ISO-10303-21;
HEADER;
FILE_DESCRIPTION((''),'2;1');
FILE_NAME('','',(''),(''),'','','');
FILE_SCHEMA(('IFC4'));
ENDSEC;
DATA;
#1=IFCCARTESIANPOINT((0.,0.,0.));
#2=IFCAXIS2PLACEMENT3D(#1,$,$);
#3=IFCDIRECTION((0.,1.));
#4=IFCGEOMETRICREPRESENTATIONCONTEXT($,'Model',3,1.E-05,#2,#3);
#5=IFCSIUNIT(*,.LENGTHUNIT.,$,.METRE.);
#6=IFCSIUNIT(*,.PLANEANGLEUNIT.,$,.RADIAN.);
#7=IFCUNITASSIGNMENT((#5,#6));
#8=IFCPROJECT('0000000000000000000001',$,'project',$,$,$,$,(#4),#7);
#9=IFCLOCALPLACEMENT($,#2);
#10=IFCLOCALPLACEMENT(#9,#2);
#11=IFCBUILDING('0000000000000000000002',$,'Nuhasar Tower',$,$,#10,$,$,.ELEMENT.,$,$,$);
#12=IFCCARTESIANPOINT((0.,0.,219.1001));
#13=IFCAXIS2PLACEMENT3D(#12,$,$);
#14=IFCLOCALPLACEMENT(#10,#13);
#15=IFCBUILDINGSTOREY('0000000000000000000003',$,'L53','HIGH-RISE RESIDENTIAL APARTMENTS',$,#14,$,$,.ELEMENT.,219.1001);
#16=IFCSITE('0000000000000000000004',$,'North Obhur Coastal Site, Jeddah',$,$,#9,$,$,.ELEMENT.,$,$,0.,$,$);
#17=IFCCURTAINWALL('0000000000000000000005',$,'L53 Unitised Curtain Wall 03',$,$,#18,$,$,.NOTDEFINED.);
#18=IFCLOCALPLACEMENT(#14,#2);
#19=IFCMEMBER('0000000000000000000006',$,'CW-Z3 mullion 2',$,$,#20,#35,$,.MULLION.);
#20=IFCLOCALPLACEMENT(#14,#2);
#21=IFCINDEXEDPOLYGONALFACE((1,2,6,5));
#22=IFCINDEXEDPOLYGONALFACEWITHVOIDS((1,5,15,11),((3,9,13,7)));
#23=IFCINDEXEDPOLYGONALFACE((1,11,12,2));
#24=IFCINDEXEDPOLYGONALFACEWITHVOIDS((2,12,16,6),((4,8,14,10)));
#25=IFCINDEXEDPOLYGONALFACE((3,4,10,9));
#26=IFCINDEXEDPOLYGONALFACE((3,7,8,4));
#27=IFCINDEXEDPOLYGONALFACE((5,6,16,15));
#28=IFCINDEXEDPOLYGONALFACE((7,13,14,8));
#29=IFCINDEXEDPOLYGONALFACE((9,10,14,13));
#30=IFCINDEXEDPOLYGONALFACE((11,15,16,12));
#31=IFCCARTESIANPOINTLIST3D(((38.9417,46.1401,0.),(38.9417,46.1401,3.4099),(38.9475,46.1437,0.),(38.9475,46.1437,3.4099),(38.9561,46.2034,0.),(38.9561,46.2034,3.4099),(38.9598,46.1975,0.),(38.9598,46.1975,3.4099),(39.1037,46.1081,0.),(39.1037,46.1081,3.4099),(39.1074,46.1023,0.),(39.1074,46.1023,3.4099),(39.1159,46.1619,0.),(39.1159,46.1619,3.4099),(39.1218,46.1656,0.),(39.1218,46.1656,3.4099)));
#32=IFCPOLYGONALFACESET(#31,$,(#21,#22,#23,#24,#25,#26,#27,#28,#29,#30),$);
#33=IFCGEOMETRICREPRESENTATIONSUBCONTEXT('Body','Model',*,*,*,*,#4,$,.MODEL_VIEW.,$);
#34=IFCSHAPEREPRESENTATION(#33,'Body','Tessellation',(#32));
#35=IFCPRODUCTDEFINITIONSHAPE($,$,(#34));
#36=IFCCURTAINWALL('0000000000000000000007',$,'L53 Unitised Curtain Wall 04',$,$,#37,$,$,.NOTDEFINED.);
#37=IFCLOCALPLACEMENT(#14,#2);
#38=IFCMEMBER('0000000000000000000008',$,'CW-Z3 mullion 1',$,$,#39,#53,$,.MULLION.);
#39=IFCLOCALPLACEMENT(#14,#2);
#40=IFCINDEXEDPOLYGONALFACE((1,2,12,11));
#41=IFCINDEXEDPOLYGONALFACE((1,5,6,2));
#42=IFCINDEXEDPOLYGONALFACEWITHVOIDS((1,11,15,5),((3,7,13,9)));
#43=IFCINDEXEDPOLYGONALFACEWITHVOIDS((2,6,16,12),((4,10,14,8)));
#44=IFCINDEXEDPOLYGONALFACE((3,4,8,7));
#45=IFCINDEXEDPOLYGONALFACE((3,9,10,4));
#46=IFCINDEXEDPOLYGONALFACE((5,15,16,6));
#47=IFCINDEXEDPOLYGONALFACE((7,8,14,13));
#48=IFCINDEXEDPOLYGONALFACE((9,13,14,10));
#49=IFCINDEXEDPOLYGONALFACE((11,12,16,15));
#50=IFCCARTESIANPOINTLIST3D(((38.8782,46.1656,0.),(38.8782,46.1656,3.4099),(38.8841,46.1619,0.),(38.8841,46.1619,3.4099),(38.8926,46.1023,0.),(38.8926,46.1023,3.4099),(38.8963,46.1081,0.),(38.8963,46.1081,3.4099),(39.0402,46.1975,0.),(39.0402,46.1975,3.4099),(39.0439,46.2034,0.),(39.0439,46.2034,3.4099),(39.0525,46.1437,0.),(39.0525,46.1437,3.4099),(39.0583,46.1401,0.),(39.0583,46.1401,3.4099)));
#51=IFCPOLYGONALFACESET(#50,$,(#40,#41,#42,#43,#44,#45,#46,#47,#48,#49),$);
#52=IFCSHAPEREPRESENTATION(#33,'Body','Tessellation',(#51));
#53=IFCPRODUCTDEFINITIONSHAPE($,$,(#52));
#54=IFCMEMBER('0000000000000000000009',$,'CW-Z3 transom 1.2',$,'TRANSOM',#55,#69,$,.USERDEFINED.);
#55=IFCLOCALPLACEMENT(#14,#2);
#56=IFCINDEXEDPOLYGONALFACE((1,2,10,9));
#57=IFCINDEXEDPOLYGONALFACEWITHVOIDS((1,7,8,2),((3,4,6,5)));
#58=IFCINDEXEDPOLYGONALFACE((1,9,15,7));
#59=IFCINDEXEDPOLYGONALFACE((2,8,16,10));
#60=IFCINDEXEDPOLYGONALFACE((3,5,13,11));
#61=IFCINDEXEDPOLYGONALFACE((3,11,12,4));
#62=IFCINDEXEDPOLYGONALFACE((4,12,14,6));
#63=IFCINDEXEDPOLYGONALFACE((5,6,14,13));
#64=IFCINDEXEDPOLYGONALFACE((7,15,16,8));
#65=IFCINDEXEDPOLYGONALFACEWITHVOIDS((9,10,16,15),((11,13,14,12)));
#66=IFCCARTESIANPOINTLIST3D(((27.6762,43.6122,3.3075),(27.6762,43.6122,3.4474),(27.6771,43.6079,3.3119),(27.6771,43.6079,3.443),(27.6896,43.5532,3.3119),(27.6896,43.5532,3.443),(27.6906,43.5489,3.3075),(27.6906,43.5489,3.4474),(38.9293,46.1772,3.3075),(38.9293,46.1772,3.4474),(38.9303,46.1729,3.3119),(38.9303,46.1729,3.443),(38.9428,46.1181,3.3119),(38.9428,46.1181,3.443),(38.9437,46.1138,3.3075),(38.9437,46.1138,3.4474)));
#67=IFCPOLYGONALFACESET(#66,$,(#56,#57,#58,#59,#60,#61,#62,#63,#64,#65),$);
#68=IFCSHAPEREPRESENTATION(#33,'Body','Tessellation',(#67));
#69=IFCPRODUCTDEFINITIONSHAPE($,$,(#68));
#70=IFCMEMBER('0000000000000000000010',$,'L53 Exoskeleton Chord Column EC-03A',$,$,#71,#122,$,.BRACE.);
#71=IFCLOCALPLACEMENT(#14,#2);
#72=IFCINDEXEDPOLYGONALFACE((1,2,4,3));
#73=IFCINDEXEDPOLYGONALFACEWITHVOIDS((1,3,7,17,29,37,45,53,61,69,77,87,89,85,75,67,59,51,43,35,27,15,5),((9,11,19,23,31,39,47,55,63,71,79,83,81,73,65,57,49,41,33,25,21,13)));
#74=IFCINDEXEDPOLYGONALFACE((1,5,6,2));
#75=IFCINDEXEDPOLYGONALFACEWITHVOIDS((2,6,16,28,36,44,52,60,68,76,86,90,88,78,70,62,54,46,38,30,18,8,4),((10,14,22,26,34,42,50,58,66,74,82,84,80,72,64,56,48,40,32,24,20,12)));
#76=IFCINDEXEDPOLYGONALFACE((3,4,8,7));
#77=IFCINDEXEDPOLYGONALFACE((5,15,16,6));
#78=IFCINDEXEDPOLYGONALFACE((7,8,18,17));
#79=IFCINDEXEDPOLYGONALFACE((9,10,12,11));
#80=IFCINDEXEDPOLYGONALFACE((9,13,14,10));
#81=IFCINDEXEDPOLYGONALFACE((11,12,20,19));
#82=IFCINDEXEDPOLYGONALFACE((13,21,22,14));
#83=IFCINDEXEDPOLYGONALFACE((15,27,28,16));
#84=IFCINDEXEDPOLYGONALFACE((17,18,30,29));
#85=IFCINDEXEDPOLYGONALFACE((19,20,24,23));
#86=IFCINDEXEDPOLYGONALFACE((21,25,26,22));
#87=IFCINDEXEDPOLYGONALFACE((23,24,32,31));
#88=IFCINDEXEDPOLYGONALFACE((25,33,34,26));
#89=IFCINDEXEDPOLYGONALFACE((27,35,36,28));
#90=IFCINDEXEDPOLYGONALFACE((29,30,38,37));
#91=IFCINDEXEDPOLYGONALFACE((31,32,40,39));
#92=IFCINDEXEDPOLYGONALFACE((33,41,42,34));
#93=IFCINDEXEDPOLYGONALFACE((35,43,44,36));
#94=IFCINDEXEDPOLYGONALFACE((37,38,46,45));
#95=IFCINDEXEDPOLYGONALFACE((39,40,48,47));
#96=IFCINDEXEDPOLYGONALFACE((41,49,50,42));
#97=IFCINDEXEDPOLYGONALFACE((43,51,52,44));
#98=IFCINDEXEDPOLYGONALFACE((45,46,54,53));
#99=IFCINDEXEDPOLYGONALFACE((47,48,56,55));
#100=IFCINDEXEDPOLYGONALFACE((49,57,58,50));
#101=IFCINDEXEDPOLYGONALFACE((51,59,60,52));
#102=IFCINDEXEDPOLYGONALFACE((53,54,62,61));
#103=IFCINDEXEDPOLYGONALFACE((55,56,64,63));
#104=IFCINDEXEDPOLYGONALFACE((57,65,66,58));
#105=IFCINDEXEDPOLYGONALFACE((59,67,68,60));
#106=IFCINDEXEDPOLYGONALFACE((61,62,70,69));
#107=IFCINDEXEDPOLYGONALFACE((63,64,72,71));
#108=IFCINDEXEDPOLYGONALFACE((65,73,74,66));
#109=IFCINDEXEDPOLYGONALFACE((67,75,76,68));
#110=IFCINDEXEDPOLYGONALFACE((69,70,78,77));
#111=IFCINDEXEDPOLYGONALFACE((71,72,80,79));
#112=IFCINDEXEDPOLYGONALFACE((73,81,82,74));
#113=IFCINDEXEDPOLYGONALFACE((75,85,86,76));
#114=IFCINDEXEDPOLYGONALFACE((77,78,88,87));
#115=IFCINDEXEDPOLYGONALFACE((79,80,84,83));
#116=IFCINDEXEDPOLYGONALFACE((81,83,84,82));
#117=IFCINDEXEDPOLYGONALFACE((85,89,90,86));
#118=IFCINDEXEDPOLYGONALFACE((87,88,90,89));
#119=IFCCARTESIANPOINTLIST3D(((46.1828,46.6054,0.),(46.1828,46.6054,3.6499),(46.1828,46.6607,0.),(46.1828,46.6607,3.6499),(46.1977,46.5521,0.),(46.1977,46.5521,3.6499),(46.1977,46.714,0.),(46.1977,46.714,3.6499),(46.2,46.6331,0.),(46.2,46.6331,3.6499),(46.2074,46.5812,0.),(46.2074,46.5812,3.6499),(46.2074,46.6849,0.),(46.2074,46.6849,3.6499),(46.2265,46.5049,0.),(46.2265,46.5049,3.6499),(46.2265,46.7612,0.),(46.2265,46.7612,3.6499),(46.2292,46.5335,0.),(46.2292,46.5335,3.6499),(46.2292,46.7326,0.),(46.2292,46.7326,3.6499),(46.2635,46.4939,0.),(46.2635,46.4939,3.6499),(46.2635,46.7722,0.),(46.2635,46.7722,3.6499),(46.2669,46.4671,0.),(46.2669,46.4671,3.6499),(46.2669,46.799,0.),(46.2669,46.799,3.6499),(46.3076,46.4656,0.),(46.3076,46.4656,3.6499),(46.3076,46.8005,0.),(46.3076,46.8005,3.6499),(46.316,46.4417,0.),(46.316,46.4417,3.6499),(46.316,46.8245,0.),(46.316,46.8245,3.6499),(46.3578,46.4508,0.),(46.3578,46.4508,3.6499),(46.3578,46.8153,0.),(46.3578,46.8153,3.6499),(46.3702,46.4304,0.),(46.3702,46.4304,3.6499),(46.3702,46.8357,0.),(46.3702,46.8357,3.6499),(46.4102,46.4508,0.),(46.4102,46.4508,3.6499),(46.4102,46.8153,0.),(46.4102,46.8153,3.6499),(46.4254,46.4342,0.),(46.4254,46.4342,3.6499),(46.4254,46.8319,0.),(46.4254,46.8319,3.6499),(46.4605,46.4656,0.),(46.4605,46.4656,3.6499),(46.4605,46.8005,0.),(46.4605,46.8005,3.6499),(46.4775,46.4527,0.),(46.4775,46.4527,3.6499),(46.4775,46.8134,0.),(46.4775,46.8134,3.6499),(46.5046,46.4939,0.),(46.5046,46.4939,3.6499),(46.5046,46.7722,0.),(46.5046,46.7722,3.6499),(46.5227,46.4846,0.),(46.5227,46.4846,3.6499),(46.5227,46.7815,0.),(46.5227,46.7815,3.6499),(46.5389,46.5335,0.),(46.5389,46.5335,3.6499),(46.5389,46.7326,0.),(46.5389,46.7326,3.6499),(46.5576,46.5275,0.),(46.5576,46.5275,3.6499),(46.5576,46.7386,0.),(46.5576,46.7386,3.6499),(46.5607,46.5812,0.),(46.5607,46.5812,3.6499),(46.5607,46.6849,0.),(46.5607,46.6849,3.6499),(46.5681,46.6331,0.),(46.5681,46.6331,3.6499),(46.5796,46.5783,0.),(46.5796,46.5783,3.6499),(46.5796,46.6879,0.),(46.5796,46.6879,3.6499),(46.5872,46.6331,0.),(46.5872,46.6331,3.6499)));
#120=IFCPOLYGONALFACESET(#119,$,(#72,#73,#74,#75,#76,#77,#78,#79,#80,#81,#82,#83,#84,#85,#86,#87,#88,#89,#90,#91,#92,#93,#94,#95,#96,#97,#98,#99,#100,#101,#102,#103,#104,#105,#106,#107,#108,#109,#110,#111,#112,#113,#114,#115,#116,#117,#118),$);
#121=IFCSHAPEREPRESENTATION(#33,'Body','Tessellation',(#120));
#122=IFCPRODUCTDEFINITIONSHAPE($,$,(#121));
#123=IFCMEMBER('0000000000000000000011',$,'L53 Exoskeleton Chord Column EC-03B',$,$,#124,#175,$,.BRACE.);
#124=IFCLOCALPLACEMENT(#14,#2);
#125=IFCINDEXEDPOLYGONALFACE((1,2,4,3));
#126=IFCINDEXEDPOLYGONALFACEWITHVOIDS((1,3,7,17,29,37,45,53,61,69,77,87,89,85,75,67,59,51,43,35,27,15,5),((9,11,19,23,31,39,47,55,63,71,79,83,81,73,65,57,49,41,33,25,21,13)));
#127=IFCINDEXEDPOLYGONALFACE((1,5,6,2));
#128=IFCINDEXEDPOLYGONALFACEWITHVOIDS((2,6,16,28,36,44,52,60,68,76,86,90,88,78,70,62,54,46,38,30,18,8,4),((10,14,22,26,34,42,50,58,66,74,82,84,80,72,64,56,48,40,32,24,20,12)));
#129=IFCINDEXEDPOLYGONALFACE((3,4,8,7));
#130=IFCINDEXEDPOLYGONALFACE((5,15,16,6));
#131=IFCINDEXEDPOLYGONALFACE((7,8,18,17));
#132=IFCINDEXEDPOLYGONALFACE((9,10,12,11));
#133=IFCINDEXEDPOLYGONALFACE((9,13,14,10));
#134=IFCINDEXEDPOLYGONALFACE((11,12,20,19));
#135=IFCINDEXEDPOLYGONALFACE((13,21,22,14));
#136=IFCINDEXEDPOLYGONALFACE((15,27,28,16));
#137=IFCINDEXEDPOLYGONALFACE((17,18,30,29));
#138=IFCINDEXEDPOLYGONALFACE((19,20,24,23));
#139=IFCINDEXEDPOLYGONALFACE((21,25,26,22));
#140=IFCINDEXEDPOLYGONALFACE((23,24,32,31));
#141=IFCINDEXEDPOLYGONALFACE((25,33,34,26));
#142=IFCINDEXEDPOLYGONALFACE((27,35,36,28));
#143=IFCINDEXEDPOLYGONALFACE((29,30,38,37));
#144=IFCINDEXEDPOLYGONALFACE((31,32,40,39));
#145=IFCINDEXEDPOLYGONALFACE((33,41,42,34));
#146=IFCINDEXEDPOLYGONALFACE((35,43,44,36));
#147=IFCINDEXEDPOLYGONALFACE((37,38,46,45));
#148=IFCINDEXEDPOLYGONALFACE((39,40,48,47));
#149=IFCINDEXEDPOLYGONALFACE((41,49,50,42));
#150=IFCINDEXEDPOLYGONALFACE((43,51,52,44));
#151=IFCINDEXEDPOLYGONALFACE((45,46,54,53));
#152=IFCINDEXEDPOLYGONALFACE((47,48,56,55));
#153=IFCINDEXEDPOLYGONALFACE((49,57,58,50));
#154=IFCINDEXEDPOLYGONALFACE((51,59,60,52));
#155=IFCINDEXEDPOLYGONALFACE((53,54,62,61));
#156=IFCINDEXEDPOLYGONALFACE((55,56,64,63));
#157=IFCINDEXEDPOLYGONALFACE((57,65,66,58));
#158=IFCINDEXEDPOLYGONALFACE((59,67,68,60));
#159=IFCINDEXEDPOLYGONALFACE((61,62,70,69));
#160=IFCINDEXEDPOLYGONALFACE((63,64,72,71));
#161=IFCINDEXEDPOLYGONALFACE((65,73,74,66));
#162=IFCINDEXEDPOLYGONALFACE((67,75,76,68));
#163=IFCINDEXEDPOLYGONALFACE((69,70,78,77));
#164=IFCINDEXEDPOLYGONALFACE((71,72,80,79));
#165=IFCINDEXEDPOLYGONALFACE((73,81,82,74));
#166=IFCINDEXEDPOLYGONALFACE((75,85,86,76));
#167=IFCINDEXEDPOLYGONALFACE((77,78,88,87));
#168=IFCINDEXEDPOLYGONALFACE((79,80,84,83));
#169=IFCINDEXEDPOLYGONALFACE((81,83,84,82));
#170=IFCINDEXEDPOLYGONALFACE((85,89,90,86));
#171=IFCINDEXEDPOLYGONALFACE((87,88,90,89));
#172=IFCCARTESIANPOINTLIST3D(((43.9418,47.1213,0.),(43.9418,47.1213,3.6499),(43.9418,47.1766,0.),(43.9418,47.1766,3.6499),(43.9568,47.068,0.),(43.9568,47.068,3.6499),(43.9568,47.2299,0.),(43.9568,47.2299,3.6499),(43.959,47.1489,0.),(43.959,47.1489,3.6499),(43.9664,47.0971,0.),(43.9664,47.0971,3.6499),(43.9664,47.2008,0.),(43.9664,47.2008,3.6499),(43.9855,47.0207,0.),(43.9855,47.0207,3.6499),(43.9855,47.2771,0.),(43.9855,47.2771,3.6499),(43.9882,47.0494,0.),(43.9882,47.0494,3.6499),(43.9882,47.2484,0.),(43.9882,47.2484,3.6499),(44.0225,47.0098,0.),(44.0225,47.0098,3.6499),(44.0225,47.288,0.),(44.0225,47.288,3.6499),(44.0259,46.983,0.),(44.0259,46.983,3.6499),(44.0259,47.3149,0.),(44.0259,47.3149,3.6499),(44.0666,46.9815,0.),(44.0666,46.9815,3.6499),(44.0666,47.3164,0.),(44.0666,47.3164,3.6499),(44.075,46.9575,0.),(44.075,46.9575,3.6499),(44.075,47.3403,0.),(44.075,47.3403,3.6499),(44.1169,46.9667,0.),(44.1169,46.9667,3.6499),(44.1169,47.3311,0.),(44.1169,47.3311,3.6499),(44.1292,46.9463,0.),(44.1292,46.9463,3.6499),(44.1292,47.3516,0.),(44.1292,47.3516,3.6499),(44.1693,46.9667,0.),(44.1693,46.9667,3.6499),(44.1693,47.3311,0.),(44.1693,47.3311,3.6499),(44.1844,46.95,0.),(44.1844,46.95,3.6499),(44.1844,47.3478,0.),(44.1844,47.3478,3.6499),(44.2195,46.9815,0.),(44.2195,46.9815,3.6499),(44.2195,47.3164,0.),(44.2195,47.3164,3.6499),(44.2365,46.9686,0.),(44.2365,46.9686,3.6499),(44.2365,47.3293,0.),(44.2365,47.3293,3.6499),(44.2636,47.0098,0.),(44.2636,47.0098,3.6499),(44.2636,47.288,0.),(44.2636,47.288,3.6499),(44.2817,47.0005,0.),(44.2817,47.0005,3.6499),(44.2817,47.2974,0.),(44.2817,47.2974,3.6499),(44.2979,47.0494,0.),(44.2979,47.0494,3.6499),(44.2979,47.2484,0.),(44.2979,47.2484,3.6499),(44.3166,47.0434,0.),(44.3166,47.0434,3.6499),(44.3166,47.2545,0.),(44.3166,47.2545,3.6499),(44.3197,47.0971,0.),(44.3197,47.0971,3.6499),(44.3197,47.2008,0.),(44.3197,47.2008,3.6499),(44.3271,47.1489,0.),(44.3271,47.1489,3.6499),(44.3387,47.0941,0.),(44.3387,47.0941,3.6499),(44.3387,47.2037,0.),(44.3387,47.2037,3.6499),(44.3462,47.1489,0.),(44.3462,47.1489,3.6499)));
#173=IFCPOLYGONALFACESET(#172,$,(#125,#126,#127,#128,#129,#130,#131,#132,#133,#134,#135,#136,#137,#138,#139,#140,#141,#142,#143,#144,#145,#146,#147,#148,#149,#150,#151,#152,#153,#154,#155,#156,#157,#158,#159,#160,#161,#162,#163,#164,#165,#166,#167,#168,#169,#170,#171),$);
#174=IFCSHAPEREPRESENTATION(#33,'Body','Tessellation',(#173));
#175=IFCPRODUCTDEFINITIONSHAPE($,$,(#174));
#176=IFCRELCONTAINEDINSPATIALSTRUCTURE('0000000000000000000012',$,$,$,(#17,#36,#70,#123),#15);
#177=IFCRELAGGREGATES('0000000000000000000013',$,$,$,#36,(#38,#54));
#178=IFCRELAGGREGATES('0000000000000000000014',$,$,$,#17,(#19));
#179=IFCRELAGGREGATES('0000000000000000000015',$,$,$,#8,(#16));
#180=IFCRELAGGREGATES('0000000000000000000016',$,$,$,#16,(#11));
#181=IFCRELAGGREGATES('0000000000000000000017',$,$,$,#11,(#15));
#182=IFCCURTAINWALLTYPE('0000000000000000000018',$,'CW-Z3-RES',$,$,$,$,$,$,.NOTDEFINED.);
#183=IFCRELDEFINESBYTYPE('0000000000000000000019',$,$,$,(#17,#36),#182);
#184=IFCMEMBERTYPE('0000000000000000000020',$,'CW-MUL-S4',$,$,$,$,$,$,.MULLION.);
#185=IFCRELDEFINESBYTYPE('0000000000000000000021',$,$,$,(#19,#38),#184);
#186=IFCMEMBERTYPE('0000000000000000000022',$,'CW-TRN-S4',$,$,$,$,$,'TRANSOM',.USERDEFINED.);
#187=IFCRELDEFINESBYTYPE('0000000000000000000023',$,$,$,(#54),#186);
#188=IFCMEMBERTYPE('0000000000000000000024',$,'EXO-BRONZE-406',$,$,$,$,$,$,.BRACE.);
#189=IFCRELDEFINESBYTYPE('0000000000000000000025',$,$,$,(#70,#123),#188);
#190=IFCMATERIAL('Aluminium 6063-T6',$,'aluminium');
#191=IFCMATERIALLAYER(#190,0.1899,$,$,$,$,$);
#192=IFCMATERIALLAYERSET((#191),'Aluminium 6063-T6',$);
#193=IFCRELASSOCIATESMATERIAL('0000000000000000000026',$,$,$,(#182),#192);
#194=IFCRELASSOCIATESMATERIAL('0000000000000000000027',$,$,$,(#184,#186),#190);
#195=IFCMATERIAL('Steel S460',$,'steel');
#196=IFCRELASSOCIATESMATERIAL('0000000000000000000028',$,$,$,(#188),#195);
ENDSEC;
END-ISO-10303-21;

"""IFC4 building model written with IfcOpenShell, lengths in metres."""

from ifc_helpers import new_model, si_unit, direction, frame, origin, origin_2d, place, context, subcontext, project, spatial, hollow_rectangle, hollow_circle, extrude, material, layer, layer_set, material_profile, profile_set, type_object, element, aggregate, save


model = new_model("IFC4")

# Units and contexts
model_context = context("Model", 3, precision=1e-05, world=origin(), true_north=direction((0.0, 1.0)))
body_context = subcontext(model_context, "Body", "Model", "MODEL_VIEW")
ifc_project = project(units=[si_unit("LENGTHUNIT", "METRE"), si_unit("PLANEANGLEUNIT", "RADIAN")], contexts=[model_context])

# Site, building, storey
site_placement = place(None, origin())
site = spatial("IfcSite", under=ifc_project, at=site_placement, Name="North Obhur Coastal Site, Jeddah", CompositionType="ELEMENT", RefElevation=0.0)
building_placement = place(site_placement, origin())
building = spatial("IfcBuilding", under=site, at=building_placement, Name="Nuhasar Tower", CompositionType="ELEMENT")
storey_placement = place(building_placement, frame((0.0, 0.0, 219.1001)))
storey = spatial("IfcBuildingStorey", under=building, at=storey_placement, Name="L53", Description="HIGH-RISE RESIDENTIAL APARTMENTS", CompositionType="ELEMENT", Elevation=219.1001)

# Curtain wall, member
ifc_material_1 = material(Name="Aluminium 6063-T6", Category="aluminium")
ifc_layer_1 = layer(ifc_material_1, 0.1899)
ifc_layer_set_1 = layer_set([ifc_layer_1], Name="Aluminium 6063-T6")
curtain_wall_type = type_object("IfcCurtainWallType", Name="CW-Z3-RES", PredefinedType="NOTDEFINED", material=ifc_layer_set_1)
curtain_wall_1_placement = place(storey_placement, origin())
curtain_wall_1 = element("IfcCurtainWall", 1, at=curtain_wall_1_placement, inside=storey, type_object=curtain_wall_type, Name="L53 Unitised Curtain Wall 03", PredefinedType="NOTDEFINED")
ifc_material_profile_1 = material_profile(ifc_material_1, hollow_rectangle(XDim=0.0649, YDim=0.1699, WallThickness=0.0049, at=origin_2d()), Name="CWM-4")
ifc_profile_set_1 = profile_set([ifc_material_profile_1], Name="Aluminium 6063-T6")
member_type_1 = type_object("IfcMemberType", Name="CW-MUL-S4", PredefinedType="MULLION", material=ifc_profile_set_1)
member_1_placement = place(storey_placement, frame((39.0317, 46.1528, 0.0), z_axis=(0.0, 0.0, 1.0), x_axis=(-0.222243, -0.974991, 0.0)))
member_1 = element("IfcMember", 2, at=member_1_placement, type_object=member_type_1, Name="CW-Z3 mullion 2", PredefinedType="MULLION", context=body_context, shape_type="SweptSolid", body=[
    extrude(hollow_rectangle(XDim=0.0649, YDim=0.1699, WallThickness=0.0049, at=origin_2d()), origin(), (0.0, 0.0, 1.0), 3.4099),
])

# Curtain wall, members
curtain_wall_2_placement = place(storey_placement, origin())
curtain_wall_2 = element("IfcCurtainWall", 3, at=curtain_wall_2_placement, inside=storey, type_object=curtain_wall_type, Name="L53 Unitised Curtain Wall 04", PredefinedType="NOTDEFINED")
member_2_placement = place(storey_placement, frame((38.9683, 46.1528, 0.0), z_axis=(0.0, 0.0, 1.0), x_axis=(0.222243, -0.974991, 0.0)))
member_2 = element("IfcMember", 4, at=member_2_placement, type_object=member_type_1, Name="CW-Z3 mullion 1", PredefinedType="MULLION", context=body_context, shape_type="SweptSolid", body=[
    extrude(hollow_rectangle(XDim=0.0649, YDim=0.1699, WallThickness=0.0049, at=origin_2d()), origin(), (0.0, 0.0, 1.0), 3.4099),
])
ifc_material_profile_2 = material_profile(ifc_material_1, hollow_rectangle(XDim=0.0649, YDim=0.1399, WallThickness=0.0044, at=origin_2d()), Name="CWT-4")
ifc_profile_set_2 = profile_set([ifc_material_profile_2], Name="Aluminium 6063-T6")
member_type_2 = type_object("IfcMemberType", Name="CW-TRN-S4", ElementType="TRANSOM", PredefinedType="USERDEFINED", material=ifc_profile_set_2)
member_3_placement = place(storey_placement, frame((38.9365, 46.1455, 3.3774), z_axis=(-0.974994, -0.222231, 0.0), x_axis=(0.222231, -0.974994, 0.0)))
member_3 = element("IfcMember", 5, at=member_3_placement, type_object=member_type_2, Name="CW-Z3 transom 1.2", ObjectType="TRANSOM", PredefinedType="USERDEFINED", context=body_context, shape_type="SweptSolid", body=[
    extrude(hollow_rectangle(XDim=0.0649, YDim=0.1399, WallThickness=0.0044, at=origin_2d()), origin(), (0.0, 0.0, 1.0), 11.5417),
])
aggregate(curtain_wall_2, [member_2, member_3])

# Members
ifc_material_2 = material(Name="Steel S460", Category="steel")
ifc_material_profile_3 = material_profile(ifc_material_2, hollow_circle(Radius=0.2031, WallThickness=0.019, at=origin_2d()), Name="HSS406.4X19.1")
ifc_profile_set_3 = profile_set([ifc_material_profile_3], Name="Steel S460")
member_type_3 = type_object("IfcMemberType", Name="EXO-BRONZE-406", PredefinedType="BRACE", material=ifc_profile_set_3)
for number, where, z_axis, x_axis, name in (
    (6, (46.384, 46.6331, 0.0), (0.0, 0.0, 1.0), (1.0, 0.0, 0.0), "L53 Exoskeleton Chord Column EC-03A"),
    (7, (44.1431, 47.1489, 0.0), (0.0, 0.0, 1.0), (1.0, 0.0, 0.0), "L53 Exoskeleton Chord Column EC-03B"),
):
    element("IfcMember", number, at=place(storey_placement, frame(where, z_axis=z_axis, x_axis=x_axis)), inside=storey, type_object=member_type_3, Name=name, PredefinedType="BRACE", context=body_context, shape_type="SweptSolid", body=[
        extrude(hollow_circle(Radius=0.2031, WallThickness=0.019, at=origin_2d()), origin(), (0.0, 0.0, 1.0), 3.6499),
    ])

aggregate(curtain_wall_1, [member_1])

save(model, "model.ifc")
